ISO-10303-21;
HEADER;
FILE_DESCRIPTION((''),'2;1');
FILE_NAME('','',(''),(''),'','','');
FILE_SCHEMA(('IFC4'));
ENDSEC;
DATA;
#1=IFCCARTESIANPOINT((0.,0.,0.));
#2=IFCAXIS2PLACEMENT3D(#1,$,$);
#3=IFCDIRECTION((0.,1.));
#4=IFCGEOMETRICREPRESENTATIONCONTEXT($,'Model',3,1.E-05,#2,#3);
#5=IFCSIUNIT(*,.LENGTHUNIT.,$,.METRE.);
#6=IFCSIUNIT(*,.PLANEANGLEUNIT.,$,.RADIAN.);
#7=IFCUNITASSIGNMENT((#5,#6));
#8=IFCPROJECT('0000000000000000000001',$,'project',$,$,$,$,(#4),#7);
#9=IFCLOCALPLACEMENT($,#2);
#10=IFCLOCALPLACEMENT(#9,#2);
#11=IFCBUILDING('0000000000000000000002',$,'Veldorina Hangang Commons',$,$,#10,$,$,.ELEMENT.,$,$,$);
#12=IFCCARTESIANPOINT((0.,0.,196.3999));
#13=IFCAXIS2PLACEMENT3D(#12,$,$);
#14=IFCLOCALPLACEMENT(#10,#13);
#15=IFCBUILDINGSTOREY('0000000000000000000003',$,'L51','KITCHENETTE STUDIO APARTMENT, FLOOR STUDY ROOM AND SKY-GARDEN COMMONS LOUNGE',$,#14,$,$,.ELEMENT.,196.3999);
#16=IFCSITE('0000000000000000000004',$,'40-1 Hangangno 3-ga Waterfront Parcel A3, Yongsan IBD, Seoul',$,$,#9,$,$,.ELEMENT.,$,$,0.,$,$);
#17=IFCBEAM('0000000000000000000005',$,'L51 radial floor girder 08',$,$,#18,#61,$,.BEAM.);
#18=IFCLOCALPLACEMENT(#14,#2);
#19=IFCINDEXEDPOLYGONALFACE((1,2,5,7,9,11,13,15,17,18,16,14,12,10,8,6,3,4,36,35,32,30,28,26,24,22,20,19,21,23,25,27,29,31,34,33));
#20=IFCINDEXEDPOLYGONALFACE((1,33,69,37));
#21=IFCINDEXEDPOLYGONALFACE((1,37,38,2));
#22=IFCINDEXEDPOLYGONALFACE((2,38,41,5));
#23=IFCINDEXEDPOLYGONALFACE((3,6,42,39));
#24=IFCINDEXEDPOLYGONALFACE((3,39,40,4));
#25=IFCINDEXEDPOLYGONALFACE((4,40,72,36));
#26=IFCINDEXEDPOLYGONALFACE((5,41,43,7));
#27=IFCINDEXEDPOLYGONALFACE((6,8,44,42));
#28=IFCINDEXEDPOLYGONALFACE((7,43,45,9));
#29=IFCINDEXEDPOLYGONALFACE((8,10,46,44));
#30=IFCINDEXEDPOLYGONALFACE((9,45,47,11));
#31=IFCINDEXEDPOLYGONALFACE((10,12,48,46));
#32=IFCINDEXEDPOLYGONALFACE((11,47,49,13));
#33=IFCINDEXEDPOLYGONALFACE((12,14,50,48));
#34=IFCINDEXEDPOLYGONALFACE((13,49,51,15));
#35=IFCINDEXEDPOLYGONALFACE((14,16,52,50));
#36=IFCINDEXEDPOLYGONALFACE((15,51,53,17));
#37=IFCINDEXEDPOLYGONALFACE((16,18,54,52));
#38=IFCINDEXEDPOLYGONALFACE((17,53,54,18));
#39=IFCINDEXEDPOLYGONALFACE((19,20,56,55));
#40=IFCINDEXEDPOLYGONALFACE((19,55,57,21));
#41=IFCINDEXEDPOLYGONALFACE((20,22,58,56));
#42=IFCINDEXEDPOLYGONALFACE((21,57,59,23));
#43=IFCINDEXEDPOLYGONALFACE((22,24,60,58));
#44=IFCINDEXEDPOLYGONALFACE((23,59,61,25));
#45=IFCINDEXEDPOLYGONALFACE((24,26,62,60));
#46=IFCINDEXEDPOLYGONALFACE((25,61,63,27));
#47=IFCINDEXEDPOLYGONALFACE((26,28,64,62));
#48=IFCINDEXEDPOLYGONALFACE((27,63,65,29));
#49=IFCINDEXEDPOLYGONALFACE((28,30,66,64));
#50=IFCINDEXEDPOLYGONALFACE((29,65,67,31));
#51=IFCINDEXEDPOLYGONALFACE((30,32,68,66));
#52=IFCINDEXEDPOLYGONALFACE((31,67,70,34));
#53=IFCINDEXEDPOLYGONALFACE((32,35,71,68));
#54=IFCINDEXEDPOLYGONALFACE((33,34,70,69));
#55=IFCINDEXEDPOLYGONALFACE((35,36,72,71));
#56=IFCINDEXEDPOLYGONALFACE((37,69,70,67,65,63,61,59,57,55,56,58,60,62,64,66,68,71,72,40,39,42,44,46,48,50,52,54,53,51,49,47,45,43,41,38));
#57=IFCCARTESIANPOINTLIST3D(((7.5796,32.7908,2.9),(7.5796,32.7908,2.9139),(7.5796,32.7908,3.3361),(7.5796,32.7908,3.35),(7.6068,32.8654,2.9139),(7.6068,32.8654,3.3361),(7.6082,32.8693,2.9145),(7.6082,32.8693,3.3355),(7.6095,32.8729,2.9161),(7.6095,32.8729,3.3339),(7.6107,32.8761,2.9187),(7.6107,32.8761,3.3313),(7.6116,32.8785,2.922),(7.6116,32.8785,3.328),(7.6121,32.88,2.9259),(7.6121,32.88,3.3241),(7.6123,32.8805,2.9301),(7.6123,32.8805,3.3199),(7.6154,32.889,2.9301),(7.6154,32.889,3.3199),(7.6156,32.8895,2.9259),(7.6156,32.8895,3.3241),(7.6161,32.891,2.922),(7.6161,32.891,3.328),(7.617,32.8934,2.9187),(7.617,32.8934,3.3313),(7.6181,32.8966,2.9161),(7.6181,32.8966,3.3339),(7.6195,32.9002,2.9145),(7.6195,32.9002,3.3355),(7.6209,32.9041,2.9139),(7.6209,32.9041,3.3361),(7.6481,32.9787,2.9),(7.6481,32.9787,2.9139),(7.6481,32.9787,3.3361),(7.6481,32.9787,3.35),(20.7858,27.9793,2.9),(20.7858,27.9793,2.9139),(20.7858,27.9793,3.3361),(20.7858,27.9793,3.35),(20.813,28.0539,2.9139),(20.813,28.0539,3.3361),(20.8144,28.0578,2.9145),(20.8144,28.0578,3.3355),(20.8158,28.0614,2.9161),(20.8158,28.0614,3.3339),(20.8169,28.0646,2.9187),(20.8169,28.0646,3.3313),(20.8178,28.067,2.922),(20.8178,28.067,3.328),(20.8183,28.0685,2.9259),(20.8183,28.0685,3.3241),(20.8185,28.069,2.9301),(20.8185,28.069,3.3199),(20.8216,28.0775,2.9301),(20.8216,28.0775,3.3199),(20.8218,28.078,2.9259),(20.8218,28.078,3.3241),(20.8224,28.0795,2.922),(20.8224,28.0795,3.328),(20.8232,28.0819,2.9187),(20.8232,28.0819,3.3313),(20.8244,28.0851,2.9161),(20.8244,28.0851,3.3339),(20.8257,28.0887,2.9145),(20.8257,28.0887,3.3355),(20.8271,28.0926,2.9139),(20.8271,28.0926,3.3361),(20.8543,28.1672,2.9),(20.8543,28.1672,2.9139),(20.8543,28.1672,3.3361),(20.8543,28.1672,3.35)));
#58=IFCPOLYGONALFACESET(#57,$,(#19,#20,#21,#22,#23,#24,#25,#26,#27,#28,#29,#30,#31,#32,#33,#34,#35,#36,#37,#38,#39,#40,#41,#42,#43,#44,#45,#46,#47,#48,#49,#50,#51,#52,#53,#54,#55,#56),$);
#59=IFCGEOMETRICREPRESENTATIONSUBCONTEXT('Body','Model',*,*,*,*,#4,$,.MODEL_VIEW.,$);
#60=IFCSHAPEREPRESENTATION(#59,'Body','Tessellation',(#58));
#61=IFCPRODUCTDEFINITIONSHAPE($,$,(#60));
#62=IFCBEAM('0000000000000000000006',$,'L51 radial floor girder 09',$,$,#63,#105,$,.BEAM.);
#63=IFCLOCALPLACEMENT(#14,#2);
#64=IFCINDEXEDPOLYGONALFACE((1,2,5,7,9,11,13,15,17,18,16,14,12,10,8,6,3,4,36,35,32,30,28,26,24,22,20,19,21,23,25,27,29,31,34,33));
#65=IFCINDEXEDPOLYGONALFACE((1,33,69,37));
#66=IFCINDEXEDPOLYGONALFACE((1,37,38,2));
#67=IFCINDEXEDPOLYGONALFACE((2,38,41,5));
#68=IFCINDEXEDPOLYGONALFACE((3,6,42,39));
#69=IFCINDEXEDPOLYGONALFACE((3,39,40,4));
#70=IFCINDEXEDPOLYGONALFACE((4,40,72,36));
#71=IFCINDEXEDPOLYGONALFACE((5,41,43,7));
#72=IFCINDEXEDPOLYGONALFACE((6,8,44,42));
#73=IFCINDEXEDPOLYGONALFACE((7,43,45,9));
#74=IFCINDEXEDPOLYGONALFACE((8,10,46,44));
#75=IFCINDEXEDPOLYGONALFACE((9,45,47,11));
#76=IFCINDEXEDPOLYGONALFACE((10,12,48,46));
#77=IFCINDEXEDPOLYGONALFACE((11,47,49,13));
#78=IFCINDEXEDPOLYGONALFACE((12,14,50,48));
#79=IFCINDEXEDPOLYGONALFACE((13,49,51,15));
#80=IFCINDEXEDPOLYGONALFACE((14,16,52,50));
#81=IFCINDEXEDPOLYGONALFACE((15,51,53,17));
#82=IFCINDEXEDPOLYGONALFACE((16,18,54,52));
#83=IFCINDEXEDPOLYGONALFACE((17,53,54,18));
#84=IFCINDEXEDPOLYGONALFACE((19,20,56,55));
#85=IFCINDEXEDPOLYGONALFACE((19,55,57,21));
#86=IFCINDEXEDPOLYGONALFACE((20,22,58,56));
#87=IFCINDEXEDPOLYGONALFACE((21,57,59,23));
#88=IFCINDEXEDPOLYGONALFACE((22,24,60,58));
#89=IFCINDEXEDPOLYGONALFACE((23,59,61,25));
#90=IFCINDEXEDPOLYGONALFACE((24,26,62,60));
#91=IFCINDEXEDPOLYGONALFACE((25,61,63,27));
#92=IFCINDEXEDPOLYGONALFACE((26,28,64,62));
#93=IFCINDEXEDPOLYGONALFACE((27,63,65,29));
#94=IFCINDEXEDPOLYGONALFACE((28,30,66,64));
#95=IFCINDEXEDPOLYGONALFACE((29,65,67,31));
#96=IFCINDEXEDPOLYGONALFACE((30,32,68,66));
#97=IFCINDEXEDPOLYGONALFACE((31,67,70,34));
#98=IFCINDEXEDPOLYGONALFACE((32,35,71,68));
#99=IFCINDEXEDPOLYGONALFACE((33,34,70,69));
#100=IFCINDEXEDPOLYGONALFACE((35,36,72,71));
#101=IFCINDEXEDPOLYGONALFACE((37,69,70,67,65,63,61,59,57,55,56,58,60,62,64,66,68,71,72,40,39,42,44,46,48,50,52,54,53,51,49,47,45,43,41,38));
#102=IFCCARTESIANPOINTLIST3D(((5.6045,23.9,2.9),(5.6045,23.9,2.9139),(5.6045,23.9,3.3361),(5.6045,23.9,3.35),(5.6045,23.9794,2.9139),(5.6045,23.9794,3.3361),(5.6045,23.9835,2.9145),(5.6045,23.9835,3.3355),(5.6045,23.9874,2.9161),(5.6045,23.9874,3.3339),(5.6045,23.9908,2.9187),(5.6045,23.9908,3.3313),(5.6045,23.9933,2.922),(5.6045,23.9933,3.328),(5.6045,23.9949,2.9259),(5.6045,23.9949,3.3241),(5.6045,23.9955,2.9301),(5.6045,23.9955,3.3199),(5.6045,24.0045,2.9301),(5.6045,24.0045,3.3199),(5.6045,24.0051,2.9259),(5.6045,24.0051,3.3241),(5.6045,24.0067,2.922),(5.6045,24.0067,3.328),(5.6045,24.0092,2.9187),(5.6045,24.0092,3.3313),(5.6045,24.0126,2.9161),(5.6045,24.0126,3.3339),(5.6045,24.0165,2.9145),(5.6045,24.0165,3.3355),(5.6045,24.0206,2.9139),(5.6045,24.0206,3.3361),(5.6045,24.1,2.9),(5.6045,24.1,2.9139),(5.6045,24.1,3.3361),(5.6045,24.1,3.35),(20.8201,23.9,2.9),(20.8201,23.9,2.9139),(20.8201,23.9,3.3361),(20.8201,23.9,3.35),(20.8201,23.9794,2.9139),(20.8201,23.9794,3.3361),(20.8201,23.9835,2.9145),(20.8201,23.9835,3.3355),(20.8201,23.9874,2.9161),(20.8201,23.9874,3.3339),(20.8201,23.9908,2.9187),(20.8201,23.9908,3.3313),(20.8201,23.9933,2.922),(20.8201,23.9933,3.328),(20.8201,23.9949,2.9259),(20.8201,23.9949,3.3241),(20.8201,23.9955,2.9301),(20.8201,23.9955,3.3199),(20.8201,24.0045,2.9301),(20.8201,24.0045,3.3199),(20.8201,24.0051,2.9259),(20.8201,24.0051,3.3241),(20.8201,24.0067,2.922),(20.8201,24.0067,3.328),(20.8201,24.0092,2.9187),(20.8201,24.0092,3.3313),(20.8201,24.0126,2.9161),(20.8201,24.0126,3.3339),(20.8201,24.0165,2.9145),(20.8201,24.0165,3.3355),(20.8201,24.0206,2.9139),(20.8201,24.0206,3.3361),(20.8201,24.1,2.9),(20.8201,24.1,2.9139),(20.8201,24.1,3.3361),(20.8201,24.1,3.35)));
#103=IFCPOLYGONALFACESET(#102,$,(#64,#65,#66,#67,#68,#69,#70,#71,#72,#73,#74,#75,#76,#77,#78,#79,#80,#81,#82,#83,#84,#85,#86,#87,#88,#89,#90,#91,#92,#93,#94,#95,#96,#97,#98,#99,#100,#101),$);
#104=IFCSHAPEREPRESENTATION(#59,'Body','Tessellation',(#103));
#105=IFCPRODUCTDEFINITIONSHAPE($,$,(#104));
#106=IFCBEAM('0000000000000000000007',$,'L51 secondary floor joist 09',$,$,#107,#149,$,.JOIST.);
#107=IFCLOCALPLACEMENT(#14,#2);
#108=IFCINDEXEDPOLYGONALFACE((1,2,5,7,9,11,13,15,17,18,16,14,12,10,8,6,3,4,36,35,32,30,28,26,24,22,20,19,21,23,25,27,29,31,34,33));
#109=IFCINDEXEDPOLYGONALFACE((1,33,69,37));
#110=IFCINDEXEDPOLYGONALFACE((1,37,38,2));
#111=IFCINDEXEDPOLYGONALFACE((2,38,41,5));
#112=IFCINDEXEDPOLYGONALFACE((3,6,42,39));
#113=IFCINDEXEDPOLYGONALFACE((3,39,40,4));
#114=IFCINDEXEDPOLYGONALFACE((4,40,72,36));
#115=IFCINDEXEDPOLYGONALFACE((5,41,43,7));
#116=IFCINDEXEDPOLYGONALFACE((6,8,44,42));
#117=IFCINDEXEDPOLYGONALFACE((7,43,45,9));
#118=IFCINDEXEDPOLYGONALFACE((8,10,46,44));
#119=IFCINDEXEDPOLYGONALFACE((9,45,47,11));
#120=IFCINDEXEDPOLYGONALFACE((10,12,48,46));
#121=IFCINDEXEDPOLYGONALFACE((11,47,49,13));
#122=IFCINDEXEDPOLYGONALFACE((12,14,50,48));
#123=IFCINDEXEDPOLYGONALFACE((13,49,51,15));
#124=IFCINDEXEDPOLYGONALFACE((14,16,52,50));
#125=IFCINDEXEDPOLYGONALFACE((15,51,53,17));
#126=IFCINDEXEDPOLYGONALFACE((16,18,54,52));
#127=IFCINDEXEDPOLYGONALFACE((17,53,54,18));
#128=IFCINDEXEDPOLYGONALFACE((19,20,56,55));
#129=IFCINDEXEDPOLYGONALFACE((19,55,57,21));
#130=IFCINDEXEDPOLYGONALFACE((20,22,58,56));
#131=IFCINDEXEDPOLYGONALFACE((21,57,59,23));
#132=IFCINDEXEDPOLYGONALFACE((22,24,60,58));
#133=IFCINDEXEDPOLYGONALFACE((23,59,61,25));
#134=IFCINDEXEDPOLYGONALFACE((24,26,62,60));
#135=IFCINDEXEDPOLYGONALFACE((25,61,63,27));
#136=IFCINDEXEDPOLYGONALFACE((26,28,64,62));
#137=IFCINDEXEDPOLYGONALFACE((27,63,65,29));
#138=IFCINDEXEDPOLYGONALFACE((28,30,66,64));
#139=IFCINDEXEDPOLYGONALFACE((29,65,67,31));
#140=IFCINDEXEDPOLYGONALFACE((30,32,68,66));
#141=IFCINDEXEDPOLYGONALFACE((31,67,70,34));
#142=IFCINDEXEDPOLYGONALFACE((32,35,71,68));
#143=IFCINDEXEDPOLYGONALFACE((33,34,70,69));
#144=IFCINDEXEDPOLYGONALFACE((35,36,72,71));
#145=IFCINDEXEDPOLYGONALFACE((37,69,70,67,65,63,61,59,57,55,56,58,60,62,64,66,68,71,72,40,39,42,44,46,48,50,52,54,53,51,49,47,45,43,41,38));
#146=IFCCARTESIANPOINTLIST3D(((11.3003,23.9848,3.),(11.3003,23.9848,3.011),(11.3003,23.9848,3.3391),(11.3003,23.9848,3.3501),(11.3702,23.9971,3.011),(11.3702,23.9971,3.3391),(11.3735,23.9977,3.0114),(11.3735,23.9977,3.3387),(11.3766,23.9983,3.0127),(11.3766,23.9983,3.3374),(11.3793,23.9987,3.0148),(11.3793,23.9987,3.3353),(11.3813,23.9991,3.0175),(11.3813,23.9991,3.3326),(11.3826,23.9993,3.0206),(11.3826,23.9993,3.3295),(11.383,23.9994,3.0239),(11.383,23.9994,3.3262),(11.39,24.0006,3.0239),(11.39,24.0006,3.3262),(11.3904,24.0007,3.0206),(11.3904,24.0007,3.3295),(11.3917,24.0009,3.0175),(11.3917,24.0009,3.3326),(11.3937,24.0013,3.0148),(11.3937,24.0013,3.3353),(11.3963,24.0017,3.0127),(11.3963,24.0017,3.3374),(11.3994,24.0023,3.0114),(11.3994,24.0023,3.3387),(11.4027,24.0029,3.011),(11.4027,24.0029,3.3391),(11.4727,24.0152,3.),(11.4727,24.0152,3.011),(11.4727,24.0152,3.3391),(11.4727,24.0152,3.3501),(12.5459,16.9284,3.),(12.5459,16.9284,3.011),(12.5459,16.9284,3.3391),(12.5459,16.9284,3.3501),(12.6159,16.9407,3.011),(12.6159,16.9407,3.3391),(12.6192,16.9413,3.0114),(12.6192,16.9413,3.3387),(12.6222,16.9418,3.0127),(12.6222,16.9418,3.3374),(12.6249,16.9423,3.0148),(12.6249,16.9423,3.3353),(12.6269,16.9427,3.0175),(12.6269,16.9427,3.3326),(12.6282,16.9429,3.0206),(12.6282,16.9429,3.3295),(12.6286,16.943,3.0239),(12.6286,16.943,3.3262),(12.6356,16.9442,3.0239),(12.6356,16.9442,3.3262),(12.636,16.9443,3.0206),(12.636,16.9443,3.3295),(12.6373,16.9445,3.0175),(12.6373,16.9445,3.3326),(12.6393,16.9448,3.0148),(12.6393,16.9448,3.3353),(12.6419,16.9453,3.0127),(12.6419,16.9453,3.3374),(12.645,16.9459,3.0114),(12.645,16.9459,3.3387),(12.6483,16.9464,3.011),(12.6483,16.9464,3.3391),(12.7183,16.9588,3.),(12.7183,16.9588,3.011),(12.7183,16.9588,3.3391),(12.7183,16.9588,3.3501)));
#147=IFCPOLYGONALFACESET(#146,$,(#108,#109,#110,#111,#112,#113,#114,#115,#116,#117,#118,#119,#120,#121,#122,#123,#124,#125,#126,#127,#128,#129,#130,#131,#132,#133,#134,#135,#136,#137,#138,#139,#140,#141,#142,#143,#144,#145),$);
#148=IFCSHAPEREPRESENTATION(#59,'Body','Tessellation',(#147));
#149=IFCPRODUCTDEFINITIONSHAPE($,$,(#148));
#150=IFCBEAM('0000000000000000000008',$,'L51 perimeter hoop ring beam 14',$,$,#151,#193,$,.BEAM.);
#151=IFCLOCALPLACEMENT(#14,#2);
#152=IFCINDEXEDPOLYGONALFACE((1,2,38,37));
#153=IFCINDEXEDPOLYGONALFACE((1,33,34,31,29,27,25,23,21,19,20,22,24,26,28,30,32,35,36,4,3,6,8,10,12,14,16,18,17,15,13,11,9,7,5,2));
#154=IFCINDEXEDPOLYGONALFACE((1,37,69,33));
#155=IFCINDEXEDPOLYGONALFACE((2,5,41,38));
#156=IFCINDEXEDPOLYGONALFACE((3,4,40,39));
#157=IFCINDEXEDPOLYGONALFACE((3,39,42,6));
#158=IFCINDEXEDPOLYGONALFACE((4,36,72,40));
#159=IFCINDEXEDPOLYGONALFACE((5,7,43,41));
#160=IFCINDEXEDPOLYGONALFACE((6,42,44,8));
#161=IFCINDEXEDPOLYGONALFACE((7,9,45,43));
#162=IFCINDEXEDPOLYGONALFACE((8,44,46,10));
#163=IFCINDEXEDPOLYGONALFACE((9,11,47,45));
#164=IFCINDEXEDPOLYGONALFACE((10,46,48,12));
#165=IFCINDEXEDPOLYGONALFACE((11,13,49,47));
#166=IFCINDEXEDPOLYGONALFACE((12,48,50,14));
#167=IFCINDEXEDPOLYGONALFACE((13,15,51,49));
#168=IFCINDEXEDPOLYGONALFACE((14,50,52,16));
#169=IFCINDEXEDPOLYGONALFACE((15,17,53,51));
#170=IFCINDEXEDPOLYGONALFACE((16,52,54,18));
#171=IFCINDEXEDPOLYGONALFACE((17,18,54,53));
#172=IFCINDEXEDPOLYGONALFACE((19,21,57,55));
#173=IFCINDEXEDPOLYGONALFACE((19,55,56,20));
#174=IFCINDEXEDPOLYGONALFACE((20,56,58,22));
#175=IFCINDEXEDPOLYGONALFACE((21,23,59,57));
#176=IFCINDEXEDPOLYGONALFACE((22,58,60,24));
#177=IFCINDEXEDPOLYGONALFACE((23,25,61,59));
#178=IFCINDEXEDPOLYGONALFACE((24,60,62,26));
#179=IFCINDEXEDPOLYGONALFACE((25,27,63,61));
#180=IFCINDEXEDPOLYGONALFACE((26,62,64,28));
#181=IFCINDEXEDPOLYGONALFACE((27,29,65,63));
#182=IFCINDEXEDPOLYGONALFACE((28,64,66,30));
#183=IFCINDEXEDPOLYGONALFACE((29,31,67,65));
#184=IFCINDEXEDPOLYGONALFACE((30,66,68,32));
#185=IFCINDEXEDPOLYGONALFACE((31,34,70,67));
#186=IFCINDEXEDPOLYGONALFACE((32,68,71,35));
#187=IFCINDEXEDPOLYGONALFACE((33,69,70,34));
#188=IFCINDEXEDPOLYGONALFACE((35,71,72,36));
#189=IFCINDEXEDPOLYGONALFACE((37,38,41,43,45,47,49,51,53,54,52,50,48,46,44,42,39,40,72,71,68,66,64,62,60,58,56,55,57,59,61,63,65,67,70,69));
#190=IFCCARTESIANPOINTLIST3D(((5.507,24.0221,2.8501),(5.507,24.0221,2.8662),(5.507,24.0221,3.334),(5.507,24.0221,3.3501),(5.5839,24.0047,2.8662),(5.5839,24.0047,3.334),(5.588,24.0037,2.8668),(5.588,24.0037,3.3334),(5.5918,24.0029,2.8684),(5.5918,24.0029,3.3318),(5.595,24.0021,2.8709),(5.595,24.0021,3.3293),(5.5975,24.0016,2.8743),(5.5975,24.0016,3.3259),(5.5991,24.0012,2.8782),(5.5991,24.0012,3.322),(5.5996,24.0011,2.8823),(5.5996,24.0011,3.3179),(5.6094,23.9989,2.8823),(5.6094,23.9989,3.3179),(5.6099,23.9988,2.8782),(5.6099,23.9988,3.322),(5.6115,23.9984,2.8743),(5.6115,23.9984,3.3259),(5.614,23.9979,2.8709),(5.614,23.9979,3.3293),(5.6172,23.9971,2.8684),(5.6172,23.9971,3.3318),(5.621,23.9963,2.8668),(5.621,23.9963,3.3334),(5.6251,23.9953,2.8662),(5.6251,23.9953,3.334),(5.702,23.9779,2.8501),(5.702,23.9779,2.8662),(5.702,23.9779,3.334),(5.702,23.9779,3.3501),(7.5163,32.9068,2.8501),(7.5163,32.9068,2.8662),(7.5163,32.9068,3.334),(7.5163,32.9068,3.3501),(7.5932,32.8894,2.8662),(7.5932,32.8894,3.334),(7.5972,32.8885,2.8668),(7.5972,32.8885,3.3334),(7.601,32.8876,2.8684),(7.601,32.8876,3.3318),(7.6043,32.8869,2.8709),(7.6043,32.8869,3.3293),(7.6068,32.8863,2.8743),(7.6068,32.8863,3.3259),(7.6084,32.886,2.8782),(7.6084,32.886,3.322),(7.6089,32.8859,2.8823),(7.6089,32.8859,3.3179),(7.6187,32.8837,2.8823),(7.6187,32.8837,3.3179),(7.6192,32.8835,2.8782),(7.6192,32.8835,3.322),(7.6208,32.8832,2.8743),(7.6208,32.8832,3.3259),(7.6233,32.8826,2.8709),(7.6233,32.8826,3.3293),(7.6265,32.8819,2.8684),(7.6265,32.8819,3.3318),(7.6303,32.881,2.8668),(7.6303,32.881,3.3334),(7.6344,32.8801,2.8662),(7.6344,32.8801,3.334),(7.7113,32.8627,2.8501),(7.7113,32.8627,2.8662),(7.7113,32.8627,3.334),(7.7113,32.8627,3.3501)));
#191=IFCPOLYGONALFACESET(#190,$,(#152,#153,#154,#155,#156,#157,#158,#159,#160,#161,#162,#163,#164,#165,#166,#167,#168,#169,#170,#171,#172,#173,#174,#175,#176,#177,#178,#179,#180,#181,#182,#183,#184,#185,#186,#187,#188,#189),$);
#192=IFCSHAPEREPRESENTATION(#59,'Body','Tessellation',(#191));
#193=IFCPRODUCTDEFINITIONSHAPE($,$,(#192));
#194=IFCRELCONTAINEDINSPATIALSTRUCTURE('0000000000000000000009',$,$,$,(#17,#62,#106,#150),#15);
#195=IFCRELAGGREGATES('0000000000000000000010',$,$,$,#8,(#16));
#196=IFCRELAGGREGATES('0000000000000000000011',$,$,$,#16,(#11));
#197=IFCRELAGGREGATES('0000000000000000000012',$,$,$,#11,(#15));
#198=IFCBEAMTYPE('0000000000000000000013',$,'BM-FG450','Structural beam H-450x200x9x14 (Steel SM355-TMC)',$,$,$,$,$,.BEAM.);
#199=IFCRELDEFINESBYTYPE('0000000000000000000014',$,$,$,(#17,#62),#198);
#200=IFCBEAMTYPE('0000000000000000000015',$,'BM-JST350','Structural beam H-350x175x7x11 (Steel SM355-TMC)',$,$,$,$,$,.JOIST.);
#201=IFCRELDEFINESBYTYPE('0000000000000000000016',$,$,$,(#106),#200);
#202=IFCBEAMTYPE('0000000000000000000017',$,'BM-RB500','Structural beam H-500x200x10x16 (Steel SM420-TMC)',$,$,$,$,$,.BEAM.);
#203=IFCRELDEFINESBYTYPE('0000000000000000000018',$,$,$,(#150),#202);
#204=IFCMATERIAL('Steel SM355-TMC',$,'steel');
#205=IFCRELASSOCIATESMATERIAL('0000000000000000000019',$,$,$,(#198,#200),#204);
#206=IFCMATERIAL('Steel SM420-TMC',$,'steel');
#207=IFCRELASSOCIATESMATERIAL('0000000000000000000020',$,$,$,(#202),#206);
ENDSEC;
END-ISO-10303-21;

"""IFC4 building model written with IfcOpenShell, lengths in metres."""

from ifc_helpers import new_model, si_unit, direction, frame, origin, origin_2d, place, context, subcontext, project, spatial, i_section, extrude, material, material_profile, profile_set, type_object, element, save


model = new_model("IFC4")

# Units and contexts
model_context = context("Model", 3, precision=1e-05, world=origin(), true_north=direction((0.0, 1.0)))
body_context = subcontext(model_context, "Body", "Model", "MODEL_VIEW")
ifc_project = project(units=[si_unit("LENGTHUNIT", "METRE"), si_unit("PLANEANGLEUNIT", "RADIAN")], contexts=[model_context])

# Site, building, storey
site_placement = place(None, origin())
site = spatial("IfcSite", under=ifc_project, at=site_placement, Name="40-1 Hangangno 3-ga Waterfront Parcel A3, Yongsan IBD, Seoul", CompositionType="ELEMENT", RefElevation=0.0)
building_placement = place(site_placement, origin())
building = spatial("IfcBuilding", under=site, at=building_placement, Name="Veldorina Hangang Commons", CompositionType="ELEMENT")
storey_placement = place(building_placement, frame((0.0, 0.0, 196.3999)))
storey = spatial("IfcBuildingStorey", under=building, at=storey_placement, Name="L51", Description="KITCHENETTE STUDIO APARTMENT, FLOOR STUDY ROOM AND SKY-GARDEN COMMONS LOUNGE", CompositionType="ELEMENT", Elevation=196.3999)

# Beams
ifc_material_1 = material(Name="Steel SM355-TMC", Category="steel")
ifc_material_profile_1 = material_profile(ifc_material_1, i_section(OverallWidth=0.2, OverallDepth=0.45, WebThickness=0.009, FlangeThickness=0.0139, FilletRadius=0.0161, at=origin_2d()), Name="H-450x200x9x14")
ifc_profile_set_1 = profile_set([ifc_material_profile_1], Name="Steel SM355-TMC")
beam_type_1 = type_object("IfcBeamType", Name="BM-FG450", Description="Structural beam H-450x200x9x14 (Steel SM355-TMC)", PredefinedType="BEAM", material=ifc_profile_set_1)
beam_1_placement = place(storey_placement, frame((20.8201, 28.0732, 3.125), z_axis=(-0.939582, 0.342323, 0.0), x_axis=(-0.342323, -0.939582, 0.0)))
element("IfcBeam", 1, at=beam_1_placement, inside=storey, type_object=beam_type_1, Name="L51 radial floor girder 08", PredefinedType="BEAM", context=body_context, shape_type="SweptSolid", body=[
    extrude(i_section(OverallWidth=0.2, OverallDepth=0.45, WebThickness=0.009, FlangeThickness=0.0139, FilletRadius=0.0161, at=origin_2d()), origin(), (0.0, 0.0, 1.0), 14.0554),
])
beam_2_placement = place(storey_placement, frame((20.8201, 24.0, 3.125), z_axis=(-1.0, 0.0, 0.0), x_axis=(0.0, -1.0, 0.0)))
element("IfcBeam", 2, at=beam_2_placement, inside=storey, type_object=beam_type_1, Name="L51 radial floor girder 09", PredefinedType="BEAM", context=body_context, shape_type="SweptSolid", body=[
    extrude(i_section(OverallWidth=0.2, OverallDepth=0.45, WebThickness=0.009, FlangeThickness=0.0139, FilletRadius=0.0161, at=origin_2d()), origin(), (0.0, 0.0, 1.0), 15.2156),
])
ifc_material_profile_2 = material_profile(ifc_material_1, i_section(OverallWidth=0.175, OverallDepth=0.3501, WebThickness=0.0071, FlangeThickness=0.011, FilletRadius=0.0129, at=origin_2d()), Name="H-350x175x7x11")
ifc_profile_set_2 = profile_set([ifc_material_profile_2], Name="Steel SM355-TMC")
beam_type_2 = type_object("IfcBeamType", Name="BM-JST350", Description="Structural beam H-350x175x7x11 (Steel SM355-TMC)", PredefinedType="JOIST", material=ifc_profile_set_2)
beam_3_placement = place(storey_placement, frame((11.3865, 24.0, 3.175), z_axis=(0.173834, -0.984775, 0.0), x_axis=(0.984775, 0.173834, 0.0)))
element("IfcBeam", 3, at=beam_3_placement, inside=storey, type_object=beam_type_2, Name="L51 secondary floor joist 09", PredefinedType="JOIST", context=body_context, shape_type="SweptSolid", body=[
    extrude(i_section(OverallWidth=0.175, OverallDepth=0.3501, WebThickness=0.0071, FlangeThickness=0.011, FilletRadius=0.0129, at=origin_2d()), origin(), (0.0, 0.0, 1.0), 7.1655),
])
ifc_material_2 = material(Name="Steel SM420-TMC", Category="steel")
ifc_material_profile_3 = material_profile(ifc_material_2, i_section(OverallWidth=0.2, OverallDepth=0.5, WebThickness=0.01, FlangeThickness=0.0161, FilletRadius=0.0161, at=origin_2d()), Name="H-500x200x10x16")
ifc_profile_set_3 = profile_set([ifc_material_profile_3], Name="Steel SM420-TMC")
beam_type_3 = type_object("IfcBeamType", Name="BM-RB500", Description="Structural beam H-500x200x10x16 (Steel SM420-TMC)", PredefinedType="BEAM", material=ifc_profile_set_3)
for number, where, z_axis, x_axis, name in (
    (4, (7.6138, 32.8848, 3.1001), (-0.220578, -0.975369, 0.0), (0.975369, -0.220578, 0.0), "L51 perimeter hoop ring beam 14"),
):
    element("IfcBeam", number, at=place(storey_placement, frame(where, z_axis=z_axis, x_axis=x_axis)), inside=storey, type_object=beam_type_3, Name=name, PredefinedType="BEAM", context=body_context, shape_type="SweptSolid", body=[
        extrude(i_section(OverallWidth=0.2, OverallDepth=0.5, WebThickness=0.01, FlangeThickness=0.0161, FilletRadius=0.0161, at=origin_2d()), origin(), (0.0, 0.0, 1.0), 9.1091),
    ])

save(model, "model.ifc")
